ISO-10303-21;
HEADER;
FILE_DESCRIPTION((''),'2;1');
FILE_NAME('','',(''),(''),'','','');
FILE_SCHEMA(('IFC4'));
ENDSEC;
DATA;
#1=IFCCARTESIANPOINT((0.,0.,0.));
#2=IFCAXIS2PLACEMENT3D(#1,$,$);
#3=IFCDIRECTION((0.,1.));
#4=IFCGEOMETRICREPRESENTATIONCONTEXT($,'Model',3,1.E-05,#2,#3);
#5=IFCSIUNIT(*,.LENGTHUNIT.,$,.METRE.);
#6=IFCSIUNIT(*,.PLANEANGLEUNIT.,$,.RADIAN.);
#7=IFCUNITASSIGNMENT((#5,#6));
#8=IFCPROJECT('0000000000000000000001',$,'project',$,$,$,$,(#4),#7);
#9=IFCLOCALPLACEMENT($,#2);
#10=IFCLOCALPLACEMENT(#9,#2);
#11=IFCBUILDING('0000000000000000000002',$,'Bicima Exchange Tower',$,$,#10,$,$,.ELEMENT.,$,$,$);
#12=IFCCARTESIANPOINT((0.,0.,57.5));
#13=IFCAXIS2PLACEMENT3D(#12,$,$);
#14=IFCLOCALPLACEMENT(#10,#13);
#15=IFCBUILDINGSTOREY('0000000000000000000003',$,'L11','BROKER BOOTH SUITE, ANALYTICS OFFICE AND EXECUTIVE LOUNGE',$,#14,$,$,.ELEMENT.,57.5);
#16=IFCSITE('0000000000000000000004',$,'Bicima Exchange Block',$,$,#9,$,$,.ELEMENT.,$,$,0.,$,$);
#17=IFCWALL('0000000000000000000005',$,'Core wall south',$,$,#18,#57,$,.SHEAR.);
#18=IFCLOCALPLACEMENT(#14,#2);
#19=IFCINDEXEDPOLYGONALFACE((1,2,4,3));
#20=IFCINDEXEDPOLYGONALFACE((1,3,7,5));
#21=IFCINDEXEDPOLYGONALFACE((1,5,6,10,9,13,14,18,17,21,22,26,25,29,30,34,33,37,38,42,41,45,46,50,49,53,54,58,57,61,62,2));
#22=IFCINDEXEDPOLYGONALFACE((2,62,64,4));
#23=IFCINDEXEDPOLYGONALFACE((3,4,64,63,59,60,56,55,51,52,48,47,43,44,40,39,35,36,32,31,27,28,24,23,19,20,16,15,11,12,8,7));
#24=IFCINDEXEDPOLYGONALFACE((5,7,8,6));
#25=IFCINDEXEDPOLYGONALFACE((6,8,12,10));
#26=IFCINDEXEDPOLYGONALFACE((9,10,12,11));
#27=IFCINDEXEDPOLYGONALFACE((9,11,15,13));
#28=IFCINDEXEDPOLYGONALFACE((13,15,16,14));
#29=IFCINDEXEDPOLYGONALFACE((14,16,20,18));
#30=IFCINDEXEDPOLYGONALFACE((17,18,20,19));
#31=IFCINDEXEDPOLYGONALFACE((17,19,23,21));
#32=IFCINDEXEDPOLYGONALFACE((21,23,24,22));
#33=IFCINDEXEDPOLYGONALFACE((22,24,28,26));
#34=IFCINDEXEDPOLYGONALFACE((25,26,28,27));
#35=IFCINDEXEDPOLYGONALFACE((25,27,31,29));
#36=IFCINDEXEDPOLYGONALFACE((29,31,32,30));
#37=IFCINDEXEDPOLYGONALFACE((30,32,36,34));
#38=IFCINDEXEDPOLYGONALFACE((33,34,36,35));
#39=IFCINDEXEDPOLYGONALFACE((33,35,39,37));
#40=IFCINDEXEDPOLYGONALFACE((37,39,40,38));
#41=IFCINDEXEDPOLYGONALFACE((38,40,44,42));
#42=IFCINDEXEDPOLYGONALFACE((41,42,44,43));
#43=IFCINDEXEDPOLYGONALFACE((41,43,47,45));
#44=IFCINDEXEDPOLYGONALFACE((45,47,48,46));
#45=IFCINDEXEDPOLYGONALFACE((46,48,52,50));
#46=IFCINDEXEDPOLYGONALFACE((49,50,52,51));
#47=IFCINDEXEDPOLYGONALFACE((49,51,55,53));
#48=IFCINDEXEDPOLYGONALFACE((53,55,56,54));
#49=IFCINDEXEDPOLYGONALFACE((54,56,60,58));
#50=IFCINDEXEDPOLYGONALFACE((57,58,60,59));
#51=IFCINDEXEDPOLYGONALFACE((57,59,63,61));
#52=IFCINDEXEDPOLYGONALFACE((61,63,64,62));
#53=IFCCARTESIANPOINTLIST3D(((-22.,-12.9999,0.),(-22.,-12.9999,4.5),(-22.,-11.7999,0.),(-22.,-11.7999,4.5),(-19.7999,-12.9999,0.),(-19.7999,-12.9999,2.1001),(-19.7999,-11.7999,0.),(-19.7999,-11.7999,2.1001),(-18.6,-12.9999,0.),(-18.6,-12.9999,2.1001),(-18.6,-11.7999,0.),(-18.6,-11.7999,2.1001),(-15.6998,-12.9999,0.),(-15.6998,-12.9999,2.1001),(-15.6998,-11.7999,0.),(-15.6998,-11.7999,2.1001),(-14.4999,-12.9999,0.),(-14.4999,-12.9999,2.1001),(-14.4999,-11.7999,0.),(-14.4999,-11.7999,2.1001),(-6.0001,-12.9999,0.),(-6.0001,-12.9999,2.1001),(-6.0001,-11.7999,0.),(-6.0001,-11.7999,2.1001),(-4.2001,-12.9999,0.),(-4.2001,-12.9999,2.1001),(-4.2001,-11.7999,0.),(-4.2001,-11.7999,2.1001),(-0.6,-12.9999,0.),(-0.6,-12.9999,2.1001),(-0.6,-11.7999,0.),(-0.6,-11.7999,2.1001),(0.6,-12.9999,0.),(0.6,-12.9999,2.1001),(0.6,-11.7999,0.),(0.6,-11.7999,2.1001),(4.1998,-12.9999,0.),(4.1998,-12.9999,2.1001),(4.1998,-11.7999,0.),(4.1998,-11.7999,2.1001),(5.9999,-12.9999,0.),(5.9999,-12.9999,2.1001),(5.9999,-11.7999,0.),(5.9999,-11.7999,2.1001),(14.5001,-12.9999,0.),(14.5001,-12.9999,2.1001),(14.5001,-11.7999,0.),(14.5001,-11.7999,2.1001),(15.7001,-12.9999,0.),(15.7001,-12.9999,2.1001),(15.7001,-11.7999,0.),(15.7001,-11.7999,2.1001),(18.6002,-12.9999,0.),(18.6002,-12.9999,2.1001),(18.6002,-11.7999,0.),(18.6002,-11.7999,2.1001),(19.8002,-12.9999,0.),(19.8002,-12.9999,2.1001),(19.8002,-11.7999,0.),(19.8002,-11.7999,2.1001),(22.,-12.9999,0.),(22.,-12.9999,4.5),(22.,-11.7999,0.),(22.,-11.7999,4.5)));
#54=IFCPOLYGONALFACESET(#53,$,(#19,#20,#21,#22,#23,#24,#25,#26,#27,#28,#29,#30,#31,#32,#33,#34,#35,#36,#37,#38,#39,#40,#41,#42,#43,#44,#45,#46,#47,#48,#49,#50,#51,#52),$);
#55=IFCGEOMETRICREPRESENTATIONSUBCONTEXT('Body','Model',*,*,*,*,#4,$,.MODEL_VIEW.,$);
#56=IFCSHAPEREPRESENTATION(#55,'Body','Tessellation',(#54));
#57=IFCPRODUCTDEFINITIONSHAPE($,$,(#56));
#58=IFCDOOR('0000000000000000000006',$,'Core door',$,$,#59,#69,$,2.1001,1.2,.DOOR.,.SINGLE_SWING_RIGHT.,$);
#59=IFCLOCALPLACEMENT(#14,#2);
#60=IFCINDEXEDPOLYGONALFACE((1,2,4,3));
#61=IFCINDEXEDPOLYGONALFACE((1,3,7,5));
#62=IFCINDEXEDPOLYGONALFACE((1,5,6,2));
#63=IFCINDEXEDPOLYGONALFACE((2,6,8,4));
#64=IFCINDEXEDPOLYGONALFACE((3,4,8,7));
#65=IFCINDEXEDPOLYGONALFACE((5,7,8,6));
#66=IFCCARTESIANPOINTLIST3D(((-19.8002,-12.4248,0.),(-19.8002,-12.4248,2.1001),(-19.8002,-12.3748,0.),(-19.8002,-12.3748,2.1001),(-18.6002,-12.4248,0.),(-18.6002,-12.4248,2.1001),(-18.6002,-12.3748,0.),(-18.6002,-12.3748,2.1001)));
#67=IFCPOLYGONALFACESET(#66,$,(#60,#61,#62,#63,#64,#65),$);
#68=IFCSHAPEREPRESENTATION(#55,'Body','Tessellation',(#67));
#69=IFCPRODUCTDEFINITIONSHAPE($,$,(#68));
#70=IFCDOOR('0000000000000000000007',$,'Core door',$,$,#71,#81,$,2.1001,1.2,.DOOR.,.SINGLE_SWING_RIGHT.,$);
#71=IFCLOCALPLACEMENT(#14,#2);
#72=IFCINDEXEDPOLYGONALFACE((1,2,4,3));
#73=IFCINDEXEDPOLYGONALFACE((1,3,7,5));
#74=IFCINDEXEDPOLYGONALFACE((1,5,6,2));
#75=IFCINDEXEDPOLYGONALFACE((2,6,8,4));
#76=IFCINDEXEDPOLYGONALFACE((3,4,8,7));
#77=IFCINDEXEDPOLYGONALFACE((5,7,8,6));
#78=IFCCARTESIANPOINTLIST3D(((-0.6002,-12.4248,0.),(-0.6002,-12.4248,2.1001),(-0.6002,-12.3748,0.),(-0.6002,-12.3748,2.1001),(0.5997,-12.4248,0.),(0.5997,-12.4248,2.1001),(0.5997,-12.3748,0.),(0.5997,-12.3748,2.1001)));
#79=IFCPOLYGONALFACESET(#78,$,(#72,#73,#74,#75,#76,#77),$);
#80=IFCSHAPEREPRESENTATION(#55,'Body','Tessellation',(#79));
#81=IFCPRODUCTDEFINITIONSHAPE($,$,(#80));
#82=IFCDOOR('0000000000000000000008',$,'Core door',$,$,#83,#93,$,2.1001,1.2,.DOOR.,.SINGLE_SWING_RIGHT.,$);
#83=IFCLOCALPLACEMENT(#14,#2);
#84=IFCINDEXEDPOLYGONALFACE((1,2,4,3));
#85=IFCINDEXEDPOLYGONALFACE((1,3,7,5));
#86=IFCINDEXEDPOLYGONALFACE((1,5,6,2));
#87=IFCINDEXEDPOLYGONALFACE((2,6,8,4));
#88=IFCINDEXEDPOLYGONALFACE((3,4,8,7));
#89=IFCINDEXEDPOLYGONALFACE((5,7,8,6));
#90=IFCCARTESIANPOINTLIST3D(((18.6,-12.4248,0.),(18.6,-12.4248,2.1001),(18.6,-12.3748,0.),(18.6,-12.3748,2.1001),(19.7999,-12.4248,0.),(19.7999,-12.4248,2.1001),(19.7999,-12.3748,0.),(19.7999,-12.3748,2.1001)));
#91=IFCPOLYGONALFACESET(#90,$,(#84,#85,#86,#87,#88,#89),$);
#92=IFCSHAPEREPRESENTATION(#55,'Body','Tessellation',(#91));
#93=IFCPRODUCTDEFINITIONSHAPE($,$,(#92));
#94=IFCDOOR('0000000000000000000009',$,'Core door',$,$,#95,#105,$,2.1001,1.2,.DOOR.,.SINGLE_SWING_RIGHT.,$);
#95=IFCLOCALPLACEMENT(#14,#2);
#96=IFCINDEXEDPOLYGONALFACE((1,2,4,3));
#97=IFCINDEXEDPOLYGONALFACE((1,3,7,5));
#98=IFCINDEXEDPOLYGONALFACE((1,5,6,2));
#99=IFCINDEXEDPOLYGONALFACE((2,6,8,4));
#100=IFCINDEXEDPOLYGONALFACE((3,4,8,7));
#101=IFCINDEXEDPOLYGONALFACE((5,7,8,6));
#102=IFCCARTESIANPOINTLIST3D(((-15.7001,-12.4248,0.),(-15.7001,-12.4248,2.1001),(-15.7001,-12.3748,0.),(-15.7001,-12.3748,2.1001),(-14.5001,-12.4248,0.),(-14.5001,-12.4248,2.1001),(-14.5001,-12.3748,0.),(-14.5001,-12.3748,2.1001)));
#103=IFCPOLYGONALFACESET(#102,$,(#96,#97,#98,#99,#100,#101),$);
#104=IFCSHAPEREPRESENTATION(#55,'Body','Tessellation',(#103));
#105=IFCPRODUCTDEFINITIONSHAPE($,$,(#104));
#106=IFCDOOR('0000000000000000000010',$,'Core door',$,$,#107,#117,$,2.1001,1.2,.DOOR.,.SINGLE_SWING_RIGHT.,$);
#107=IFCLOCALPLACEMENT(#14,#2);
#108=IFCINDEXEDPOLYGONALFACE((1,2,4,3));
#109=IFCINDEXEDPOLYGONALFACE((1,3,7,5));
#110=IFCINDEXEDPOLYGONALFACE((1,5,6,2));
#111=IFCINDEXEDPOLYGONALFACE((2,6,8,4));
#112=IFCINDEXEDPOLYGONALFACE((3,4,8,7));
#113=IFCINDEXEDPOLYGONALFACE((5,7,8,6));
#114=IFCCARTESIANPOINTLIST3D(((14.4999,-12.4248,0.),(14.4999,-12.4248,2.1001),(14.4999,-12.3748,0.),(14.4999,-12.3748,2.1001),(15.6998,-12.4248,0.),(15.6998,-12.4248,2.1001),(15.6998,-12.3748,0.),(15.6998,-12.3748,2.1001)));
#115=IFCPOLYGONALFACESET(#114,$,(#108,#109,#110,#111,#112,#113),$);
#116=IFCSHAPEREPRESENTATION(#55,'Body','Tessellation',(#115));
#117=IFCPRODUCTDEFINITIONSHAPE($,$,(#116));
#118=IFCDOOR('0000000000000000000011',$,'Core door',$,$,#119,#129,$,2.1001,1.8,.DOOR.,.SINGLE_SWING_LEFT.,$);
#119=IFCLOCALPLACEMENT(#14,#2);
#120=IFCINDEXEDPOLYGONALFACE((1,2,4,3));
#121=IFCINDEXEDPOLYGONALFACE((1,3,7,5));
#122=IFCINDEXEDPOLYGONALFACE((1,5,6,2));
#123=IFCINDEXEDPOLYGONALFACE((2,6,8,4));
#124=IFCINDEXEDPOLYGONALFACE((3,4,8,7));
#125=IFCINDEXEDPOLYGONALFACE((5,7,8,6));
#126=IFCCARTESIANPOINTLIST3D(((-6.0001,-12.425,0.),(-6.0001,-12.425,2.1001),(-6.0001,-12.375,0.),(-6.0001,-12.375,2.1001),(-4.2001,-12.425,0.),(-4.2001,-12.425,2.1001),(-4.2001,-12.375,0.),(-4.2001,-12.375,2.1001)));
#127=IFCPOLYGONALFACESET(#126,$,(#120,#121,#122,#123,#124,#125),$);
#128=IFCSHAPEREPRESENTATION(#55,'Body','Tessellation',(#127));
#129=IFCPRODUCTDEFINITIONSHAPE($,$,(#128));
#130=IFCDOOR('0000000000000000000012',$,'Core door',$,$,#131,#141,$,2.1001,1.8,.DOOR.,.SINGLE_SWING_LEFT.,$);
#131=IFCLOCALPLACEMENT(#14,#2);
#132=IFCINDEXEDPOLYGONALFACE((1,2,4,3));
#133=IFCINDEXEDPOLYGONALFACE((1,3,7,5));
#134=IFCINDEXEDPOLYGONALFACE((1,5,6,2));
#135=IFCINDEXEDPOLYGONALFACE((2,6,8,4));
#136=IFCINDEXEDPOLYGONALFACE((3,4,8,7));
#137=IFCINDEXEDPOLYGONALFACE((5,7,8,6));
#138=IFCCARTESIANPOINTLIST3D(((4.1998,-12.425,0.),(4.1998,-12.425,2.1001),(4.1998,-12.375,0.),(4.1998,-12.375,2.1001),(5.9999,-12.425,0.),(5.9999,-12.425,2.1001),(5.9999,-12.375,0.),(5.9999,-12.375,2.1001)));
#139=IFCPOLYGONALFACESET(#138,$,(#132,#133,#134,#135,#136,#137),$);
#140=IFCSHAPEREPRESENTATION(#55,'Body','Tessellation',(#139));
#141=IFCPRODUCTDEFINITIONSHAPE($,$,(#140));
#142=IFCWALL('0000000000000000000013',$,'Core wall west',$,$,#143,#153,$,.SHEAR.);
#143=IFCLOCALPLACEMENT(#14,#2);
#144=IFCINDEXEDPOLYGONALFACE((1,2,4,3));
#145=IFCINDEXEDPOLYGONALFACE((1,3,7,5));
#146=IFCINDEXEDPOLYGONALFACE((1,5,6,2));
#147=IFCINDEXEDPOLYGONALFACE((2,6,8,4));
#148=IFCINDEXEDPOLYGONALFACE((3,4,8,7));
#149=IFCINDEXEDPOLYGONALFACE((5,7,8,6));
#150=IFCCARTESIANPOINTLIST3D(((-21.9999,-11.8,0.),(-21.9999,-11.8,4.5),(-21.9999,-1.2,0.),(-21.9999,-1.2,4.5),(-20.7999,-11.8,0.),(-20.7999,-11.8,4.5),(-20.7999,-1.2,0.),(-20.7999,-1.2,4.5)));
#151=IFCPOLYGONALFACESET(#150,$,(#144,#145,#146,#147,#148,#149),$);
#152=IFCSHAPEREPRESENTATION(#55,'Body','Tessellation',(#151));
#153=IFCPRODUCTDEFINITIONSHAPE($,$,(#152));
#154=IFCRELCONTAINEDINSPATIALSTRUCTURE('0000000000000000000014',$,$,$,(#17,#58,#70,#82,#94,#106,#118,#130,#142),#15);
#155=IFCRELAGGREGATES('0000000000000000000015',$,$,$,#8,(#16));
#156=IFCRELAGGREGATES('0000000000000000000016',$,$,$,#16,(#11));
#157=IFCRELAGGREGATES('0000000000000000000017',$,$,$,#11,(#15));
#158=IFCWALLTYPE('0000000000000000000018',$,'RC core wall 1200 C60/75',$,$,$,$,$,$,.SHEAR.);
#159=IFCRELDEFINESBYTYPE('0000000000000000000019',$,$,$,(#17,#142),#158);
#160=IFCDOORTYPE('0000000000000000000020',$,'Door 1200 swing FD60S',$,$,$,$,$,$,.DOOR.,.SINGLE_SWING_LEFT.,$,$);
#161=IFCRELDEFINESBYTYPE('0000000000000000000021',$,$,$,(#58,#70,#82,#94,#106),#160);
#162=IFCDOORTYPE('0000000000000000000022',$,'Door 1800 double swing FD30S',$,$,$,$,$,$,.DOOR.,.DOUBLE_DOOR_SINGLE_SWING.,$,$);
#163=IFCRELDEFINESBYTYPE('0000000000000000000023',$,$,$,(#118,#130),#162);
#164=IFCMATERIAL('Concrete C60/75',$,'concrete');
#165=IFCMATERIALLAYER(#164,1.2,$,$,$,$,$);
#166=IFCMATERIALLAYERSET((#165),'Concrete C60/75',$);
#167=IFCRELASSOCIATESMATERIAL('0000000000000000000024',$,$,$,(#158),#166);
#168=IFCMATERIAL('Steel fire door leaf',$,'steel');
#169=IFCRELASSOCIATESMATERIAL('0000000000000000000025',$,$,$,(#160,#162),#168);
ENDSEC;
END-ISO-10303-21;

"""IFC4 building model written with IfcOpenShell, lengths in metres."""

from ifc_helpers import new_model, si_unit, direction, frame, frame_2d, origin, place, context, subcontext, project, spatial, rectangle, extrude, material, layer, layer_set, type_object, element, fill, save


model = new_model("IFC4")

# Units and contexts
model_context = context("Model", 3, precision=1e-05, world=origin(), true_north=direction((0.0, 1.0)))
body_context = subcontext(model_context, "Body", "Model", "MODEL_VIEW")
ifc_project = project(units=[si_unit("LENGTHUNIT", "METRE"), si_unit("PLANEANGLEUNIT", "RADIAN")], contexts=[model_context])

# Site, building, storey
site_placement = place(None, origin())
site = spatial("IfcSite", under=ifc_project, at=site_placement, Name="Bicima Exchange Block", CompositionType="ELEMENT", RefElevation=0.0)
building_placement = place(site_placement, origin())
building = spatial("IfcBuilding", under=site, at=building_placement, Name="Bicima Exchange Tower", CompositionType="ELEMENT")
storey_placement = place(building_placement, frame((0.0, 0.0, 57.5)))
storey = spatial("IfcBuildingStorey", under=building, at=storey_placement, Name="L11", Description="BROKER BOOTH SUITE, ANALYTICS OFFICE AND EXECUTIVE LOUNGE", CompositionType="ELEMENT", Elevation=57.5)

# Wall, openings, doors
ifc_material_1 = material(Name="Concrete C60/75", Category="concrete")
ifc_layer_1 = layer(ifc_material_1, 1.2)
ifc_layer_set_1 = layer_set([ifc_layer_1], Name="Concrete C60/75")
wall_type_1 = type_object("IfcWallType", Name="RC core wall 1200 C60/75", PredefinedType="SHEAR", material=ifc_layer_set_1)
wall_1_placement = place(storey_placement, frame((-22.0, -12.3999, 0.0), z_axis=(0.0, 0.0, 1.0), x_axis=(1.0, 0.0, 0.0)))
wall_1 = element("IfcWall", 1, at=wall_1_placement, inside=storey, type_object=wall_type_1, Name="Core wall south", PredefinedType="SHEAR", context=body_context, shape_type="SweptSolid", body=[
    extrude(rectangle(XDim=44.0, YDim=1.2, at=frame_2d((22.0, 0.0))), origin(), (0.0, 0.0, 1.0), 4.5),
])
opening_1_placement = place(wall_1_placement, frame((2.2, 0.0, 0.0)))
opening_1 = element("IfcOpeningElement", 2, at=opening_1_placement, cuts=wall_1, PredefinedType="OPENING", context=body_context, shape_type="SweptSolid", body=[
    extrude(rectangle(XDim=1.2, YDim=2.1001, at=frame_2d((0.6001, 1.05))), frame((0.0, 0.6118, 0.0), z_axis=(0.0, -1.0, 0.0), x_axis=(1.0, 0.0, 0.0)), (0.0, 0.0, 1.0), 1.2239),
])
opening_2_placement = place(wall_1_placement, frame((21.3999, 0.0, 0.0)))
opening_2 = element("IfcOpeningElement", 3, at=opening_2_placement, cuts=wall_1, PredefinedType="OPENING", context=body_context, shape_type="SweptSolid", body=[
    extrude(rectangle(XDim=1.2, YDim=2.1001, at=frame_2d((0.6001, 1.05))), frame((0.0, 0.6118, 0.0), z_axis=(0.0, -1.0, 0.0), x_axis=(1.0, 0.0, 0.0)), (0.0, 0.0, 1.0), 1.2239),
])
opening_3_placement = place(wall_1_placement, frame((40.6001, 0.0, 0.0)))
opening_3 = element("IfcOpeningElement", 4, at=opening_3_placement, cuts=wall_1, PredefinedType="OPENING", context=body_context, shape_type="SweptSolid", body=[
    extrude(rectangle(XDim=1.2, YDim=2.1001, at=frame_2d((0.6001, 1.05))), frame((0.0, 0.6118, 0.0), z_axis=(0.0, -1.0, 0.0), x_axis=(1.0, 0.0, 0.0)), (0.0, 0.0, 1.0), 1.2239),
])
opening_4_placement = place(wall_1_placement, frame((16.0, 0.0, 0.0)))
opening_4 = element("IfcOpeningElement", 5, at=opening_4_placement, cuts=wall_1, PredefinedType="OPENING", context=body_context, shape_type="SweptSolid", body=[
    extrude(rectangle(XDim=1.8, YDim=2.1001, at=frame_2d((0.8999, 1.05))), frame((0.0, 0.6118, 0.0), z_axis=(0.0, -1.0, 0.0), x_axis=(1.0, 0.0, 0.0)), (0.0, 0.0, 1.0), 1.2239),
])
opening_5_placement = place(wall_1_placement, frame((6.3, 0.0, 0.0)))
opening_5 = element("IfcOpeningElement", 6, at=opening_5_placement, cuts=wall_1, PredefinedType="OPENING", context=body_context, shape_type="SweptSolid", body=[
    extrude(rectangle(XDim=1.2, YDim=2.1001, at=frame_2d((0.6001, 1.05))), frame((0.0, 0.6118, 0.0), z_axis=(0.0, -1.0, 0.0), x_axis=(1.0, 0.0, 0.0)), (0.0, 0.0, 1.0), 1.2239),
])
opening_6_placement = place(wall_1_placement, frame((26.2, 0.0, 0.0)))
opening_6 = element("IfcOpeningElement", 7, at=opening_6_placement, cuts=wall_1, PredefinedType="OPENING", context=body_context, shape_type="SweptSolid", body=[
    extrude(rectangle(XDim=1.8, YDim=2.1001, at=frame_2d((0.8999, 1.05))), frame((0.0, 0.6118, 0.0), z_axis=(0.0, -1.0, 0.0), x_axis=(1.0, 0.0, 0.0)), (0.0, 0.0, 1.0), 1.2239),
])
opening_7_placement = place(wall_1_placement, frame((36.5, 0.0, 0.0)))
opening_7 = element("IfcOpeningElement", 8, at=opening_7_placement, cuts=wall_1, PredefinedType="OPENING", context=body_context, shape_type="SweptSolid", body=[
    extrude(rectangle(XDim=1.2, YDim=2.1001, at=frame_2d((0.6001, 1.05))), frame((0.0, 0.6118, 0.0), z_axis=(0.0, -1.0, 0.0), x_axis=(1.0, 0.0, 0.0)), (0.0, 0.0, 1.0), 1.2239),
])
ifc_material_2 = material(Name="Steel fire door leaf", Category="steel")
door_type_1 = type_object("IfcDoorType", Name="Door 1200 swing FD60S", OperationType="SINGLE_SWING_LEFT", PredefinedType="DOOR", material=ifc_material_2)
door_1_placement = place(opening_1_placement, frame((1.2, 0.0, 0.0), z_axis=(0.0, 0.0, 1.0), x_axis=(-1.0, 0.0, 0.0)))
door_1 = element("IfcDoor", 9, at=door_1_placement, inside=storey, type_object=door_type_1, Name="Core door", OperationType="SINGLE_SWING_RIGHT", OverallHeight=2.1001, OverallWidth=1.2, PredefinedType="DOOR", context=body_context, shape_type="SweptSolid", body=[
    extrude(rectangle(XDim=1.2, YDim=2.1001, at=frame_2d((0.6001, 1.05))), frame((0.0, 0.0249, 0.0), z_axis=(0.0, -1.0, 0.0), x_axis=(1.0, 0.0, 0.0)), (0.0, 0.0, 1.0), 0.05),
])
fill(opening_1, door_1)
door_2_placement = place(opening_2_placement, frame((1.2, 0.0, 0.0), z_axis=(0.0, 0.0, 1.0), x_axis=(-1.0, 0.0, 0.0)))
door_2 = element("IfcDoor", 10, at=door_2_placement, inside=storey, type_object=door_type_1, Name="Core door", OperationType="SINGLE_SWING_RIGHT", OverallHeight=2.1001, OverallWidth=1.2, PredefinedType="DOOR", context=body_context, shape_type="SweptSolid", body=[
    extrude(rectangle(XDim=1.2, YDim=2.1001, at=frame_2d((0.6001, 1.05))), frame((0.0, 0.0249, 0.0), z_axis=(0.0, -1.0, 0.0), x_axis=(1.0, 0.0, 0.0)), (0.0, 0.0, 1.0), 0.05),
])
fill(opening_2, door_2)
door_3_placement = place(opening_3_placement, frame((1.2, 0.0, 0.0), z_axis=(0.0, 0.0, 1.0), x_axis=(-1.0, 0.0, 0.0)))
door_3 = element("IfcDoor", 11, at=door_3_placement, inside=storey, type_object=door_type_1, Name="Core door", OperationType="SINGLE_SWING_RIGHT", OverallHeight=2.1001, OverallWidth=1.2, PredefinedType="DOOR", context=body_context, shape_type="SweptSolid", body=[
    extrude(rectangle(XDim=1.2, YDim=2.1001, at=frame_2d((0.6001, 1.05))), frame((0.0, 0.0249, 0.0), z_axis=(0.0, -1.0, 0.0), x_axis=(1.0, 0.0, 0.0)), (0.0, 0.0, 1.0), 0.05),
])
fill(opening_3, door_3)
door_4_placement = place(opening_5_placement, frame((1.2, 0.0, 0.0), z_axis=(0.0, 0.0, 1.0), x_axis=(-1.0, 0.0, 0.0)))
door_4 = element("IfcDoor", 12, at=door_4_placement, inside=storey, type_object=door_type_1, Name="Core door", OperationType="SINGLE_SWING_RIGHT", OverallHeight=2.1001, OverallWidth=1.2, PredefinedType="DOOR", context=body_context, shape_type="SweptSolid", body=[
    extrude(rectangle(XDim=1.2, YDim=2.1001, at=frame_2d((0.6001, 1.05))), frame((0.0, 0.0249, 0.0), z_axis=(0.0, -1.0, 0.0), x_axis=(1.0, 0.0, 0.0)), (0.0, 0.0, 1.0), 0.05),
])
fill(opening_5, door_4)
door_5_placement = place(opening_7_placement, frame((1.2, 0.0, 0.0), z_axis=(0.0, 0.0, 1.0), x_axis=(-1.0, 0.0, 0.0)))
door_5 = element("IfcDoor", 13, at=door_5_placement, inside=storey, type_object=door_type_1, Name="Core door", OperationType="SINGLE_SWING_RIGHT", OverallHeight=2.1001, OverallWidth=1.2, PredefinedType="DOOR", context=body_context, shape_type="SweptSolid", body=[
    extrude(rectangle(XDim=1.2, YDim=2.1001, at=frame_2d((0.6001, 1.05))), frame((0.0, 0.0249, 0.0), z_axis=(0.0, -1.0, 0.0), x_axis=(1.0, 0.0, 0.0)), (0.0, 0.0, 1.0), 0.05),
])
fill(opening_7, door_5)
door_type_2 = type_object("IfcDoorType", Name="Door 1800 double swing FD30S", OperationType="DOUBLE_DOOR_SINGLE_SWING", PredefinedType="DOOR", material=ifc_material_2)
door_6_placement = place(opening_4_placement, origin())
door_6 = element("IfcDoor", 14, at=door_6_placement, inside=storey, type_object=door_type_2, Name="Core door", OperationType="SINGLE_SWING_LEFT", OverallHeight=2.1001, OverallWidth=1.8, PredefinedType="DOOR", context=body_context, shape_type="SweptSolid", body=[
    extrude(rectangle(XDim=1.8, YDim=2.1001, at=frame_2d((0.8999, 1.05))), frame((0.0, 0.0249, 0.0), z_axis=(0.0, -1.0, 0.0), x_axis=(1.0, 0.0, 0.0)), (0.0, 0.0, 1.0), 0.05),
])
fill(opening_4, door_6)
door_7_placement = place(opening_6_placement, origin())
door_7 = element("IfcDoor", 15, at=door_7_placement, inside=storey, type_object=door_type_2, Name="Core door", OperationType="SINGLE_SWING_LEFT", OverallHeight=2.1001, OverallWidth=1.8, PredefinedType="DOOR", context=body_context, shape_type="SweptSolid", body=[
    extrude(rectangle(XDim=1.8, YDim=2.1001, at=frame_2d((0.8999, 1.05))), frame((0.0, 0.0249, 0.0), z_axis=(0.0, -1.0, 0.0), x_axis=(1.0, 0.0, 0.0)), (0.0, 0.0, 1.0), 0.05),
])
fill(opening_6, door_7)

# Wall
wall_2_placement = place(storey_placement, frame((-21.3999, -11.8, 0.0), z_axis=(0.0, 0.0, 1.0), x_axis=(0.0, 1.0, 0.0)))
element("IfcWall", 16, at=wall_2_placement, inside=storey, type_object=wall_type_1, Name="Core wall west", PredefinedType="SHEAR", context=body_context, shape_type="SweptSolid", body=[
    extrude(rectangle(XDim=10.6001, YDim=1.2, at=frame_2d((5.3, 0.0))), origin(), (0.0, 0.0, 1.0), 4.5),
])

save(model, "model.ifc")
